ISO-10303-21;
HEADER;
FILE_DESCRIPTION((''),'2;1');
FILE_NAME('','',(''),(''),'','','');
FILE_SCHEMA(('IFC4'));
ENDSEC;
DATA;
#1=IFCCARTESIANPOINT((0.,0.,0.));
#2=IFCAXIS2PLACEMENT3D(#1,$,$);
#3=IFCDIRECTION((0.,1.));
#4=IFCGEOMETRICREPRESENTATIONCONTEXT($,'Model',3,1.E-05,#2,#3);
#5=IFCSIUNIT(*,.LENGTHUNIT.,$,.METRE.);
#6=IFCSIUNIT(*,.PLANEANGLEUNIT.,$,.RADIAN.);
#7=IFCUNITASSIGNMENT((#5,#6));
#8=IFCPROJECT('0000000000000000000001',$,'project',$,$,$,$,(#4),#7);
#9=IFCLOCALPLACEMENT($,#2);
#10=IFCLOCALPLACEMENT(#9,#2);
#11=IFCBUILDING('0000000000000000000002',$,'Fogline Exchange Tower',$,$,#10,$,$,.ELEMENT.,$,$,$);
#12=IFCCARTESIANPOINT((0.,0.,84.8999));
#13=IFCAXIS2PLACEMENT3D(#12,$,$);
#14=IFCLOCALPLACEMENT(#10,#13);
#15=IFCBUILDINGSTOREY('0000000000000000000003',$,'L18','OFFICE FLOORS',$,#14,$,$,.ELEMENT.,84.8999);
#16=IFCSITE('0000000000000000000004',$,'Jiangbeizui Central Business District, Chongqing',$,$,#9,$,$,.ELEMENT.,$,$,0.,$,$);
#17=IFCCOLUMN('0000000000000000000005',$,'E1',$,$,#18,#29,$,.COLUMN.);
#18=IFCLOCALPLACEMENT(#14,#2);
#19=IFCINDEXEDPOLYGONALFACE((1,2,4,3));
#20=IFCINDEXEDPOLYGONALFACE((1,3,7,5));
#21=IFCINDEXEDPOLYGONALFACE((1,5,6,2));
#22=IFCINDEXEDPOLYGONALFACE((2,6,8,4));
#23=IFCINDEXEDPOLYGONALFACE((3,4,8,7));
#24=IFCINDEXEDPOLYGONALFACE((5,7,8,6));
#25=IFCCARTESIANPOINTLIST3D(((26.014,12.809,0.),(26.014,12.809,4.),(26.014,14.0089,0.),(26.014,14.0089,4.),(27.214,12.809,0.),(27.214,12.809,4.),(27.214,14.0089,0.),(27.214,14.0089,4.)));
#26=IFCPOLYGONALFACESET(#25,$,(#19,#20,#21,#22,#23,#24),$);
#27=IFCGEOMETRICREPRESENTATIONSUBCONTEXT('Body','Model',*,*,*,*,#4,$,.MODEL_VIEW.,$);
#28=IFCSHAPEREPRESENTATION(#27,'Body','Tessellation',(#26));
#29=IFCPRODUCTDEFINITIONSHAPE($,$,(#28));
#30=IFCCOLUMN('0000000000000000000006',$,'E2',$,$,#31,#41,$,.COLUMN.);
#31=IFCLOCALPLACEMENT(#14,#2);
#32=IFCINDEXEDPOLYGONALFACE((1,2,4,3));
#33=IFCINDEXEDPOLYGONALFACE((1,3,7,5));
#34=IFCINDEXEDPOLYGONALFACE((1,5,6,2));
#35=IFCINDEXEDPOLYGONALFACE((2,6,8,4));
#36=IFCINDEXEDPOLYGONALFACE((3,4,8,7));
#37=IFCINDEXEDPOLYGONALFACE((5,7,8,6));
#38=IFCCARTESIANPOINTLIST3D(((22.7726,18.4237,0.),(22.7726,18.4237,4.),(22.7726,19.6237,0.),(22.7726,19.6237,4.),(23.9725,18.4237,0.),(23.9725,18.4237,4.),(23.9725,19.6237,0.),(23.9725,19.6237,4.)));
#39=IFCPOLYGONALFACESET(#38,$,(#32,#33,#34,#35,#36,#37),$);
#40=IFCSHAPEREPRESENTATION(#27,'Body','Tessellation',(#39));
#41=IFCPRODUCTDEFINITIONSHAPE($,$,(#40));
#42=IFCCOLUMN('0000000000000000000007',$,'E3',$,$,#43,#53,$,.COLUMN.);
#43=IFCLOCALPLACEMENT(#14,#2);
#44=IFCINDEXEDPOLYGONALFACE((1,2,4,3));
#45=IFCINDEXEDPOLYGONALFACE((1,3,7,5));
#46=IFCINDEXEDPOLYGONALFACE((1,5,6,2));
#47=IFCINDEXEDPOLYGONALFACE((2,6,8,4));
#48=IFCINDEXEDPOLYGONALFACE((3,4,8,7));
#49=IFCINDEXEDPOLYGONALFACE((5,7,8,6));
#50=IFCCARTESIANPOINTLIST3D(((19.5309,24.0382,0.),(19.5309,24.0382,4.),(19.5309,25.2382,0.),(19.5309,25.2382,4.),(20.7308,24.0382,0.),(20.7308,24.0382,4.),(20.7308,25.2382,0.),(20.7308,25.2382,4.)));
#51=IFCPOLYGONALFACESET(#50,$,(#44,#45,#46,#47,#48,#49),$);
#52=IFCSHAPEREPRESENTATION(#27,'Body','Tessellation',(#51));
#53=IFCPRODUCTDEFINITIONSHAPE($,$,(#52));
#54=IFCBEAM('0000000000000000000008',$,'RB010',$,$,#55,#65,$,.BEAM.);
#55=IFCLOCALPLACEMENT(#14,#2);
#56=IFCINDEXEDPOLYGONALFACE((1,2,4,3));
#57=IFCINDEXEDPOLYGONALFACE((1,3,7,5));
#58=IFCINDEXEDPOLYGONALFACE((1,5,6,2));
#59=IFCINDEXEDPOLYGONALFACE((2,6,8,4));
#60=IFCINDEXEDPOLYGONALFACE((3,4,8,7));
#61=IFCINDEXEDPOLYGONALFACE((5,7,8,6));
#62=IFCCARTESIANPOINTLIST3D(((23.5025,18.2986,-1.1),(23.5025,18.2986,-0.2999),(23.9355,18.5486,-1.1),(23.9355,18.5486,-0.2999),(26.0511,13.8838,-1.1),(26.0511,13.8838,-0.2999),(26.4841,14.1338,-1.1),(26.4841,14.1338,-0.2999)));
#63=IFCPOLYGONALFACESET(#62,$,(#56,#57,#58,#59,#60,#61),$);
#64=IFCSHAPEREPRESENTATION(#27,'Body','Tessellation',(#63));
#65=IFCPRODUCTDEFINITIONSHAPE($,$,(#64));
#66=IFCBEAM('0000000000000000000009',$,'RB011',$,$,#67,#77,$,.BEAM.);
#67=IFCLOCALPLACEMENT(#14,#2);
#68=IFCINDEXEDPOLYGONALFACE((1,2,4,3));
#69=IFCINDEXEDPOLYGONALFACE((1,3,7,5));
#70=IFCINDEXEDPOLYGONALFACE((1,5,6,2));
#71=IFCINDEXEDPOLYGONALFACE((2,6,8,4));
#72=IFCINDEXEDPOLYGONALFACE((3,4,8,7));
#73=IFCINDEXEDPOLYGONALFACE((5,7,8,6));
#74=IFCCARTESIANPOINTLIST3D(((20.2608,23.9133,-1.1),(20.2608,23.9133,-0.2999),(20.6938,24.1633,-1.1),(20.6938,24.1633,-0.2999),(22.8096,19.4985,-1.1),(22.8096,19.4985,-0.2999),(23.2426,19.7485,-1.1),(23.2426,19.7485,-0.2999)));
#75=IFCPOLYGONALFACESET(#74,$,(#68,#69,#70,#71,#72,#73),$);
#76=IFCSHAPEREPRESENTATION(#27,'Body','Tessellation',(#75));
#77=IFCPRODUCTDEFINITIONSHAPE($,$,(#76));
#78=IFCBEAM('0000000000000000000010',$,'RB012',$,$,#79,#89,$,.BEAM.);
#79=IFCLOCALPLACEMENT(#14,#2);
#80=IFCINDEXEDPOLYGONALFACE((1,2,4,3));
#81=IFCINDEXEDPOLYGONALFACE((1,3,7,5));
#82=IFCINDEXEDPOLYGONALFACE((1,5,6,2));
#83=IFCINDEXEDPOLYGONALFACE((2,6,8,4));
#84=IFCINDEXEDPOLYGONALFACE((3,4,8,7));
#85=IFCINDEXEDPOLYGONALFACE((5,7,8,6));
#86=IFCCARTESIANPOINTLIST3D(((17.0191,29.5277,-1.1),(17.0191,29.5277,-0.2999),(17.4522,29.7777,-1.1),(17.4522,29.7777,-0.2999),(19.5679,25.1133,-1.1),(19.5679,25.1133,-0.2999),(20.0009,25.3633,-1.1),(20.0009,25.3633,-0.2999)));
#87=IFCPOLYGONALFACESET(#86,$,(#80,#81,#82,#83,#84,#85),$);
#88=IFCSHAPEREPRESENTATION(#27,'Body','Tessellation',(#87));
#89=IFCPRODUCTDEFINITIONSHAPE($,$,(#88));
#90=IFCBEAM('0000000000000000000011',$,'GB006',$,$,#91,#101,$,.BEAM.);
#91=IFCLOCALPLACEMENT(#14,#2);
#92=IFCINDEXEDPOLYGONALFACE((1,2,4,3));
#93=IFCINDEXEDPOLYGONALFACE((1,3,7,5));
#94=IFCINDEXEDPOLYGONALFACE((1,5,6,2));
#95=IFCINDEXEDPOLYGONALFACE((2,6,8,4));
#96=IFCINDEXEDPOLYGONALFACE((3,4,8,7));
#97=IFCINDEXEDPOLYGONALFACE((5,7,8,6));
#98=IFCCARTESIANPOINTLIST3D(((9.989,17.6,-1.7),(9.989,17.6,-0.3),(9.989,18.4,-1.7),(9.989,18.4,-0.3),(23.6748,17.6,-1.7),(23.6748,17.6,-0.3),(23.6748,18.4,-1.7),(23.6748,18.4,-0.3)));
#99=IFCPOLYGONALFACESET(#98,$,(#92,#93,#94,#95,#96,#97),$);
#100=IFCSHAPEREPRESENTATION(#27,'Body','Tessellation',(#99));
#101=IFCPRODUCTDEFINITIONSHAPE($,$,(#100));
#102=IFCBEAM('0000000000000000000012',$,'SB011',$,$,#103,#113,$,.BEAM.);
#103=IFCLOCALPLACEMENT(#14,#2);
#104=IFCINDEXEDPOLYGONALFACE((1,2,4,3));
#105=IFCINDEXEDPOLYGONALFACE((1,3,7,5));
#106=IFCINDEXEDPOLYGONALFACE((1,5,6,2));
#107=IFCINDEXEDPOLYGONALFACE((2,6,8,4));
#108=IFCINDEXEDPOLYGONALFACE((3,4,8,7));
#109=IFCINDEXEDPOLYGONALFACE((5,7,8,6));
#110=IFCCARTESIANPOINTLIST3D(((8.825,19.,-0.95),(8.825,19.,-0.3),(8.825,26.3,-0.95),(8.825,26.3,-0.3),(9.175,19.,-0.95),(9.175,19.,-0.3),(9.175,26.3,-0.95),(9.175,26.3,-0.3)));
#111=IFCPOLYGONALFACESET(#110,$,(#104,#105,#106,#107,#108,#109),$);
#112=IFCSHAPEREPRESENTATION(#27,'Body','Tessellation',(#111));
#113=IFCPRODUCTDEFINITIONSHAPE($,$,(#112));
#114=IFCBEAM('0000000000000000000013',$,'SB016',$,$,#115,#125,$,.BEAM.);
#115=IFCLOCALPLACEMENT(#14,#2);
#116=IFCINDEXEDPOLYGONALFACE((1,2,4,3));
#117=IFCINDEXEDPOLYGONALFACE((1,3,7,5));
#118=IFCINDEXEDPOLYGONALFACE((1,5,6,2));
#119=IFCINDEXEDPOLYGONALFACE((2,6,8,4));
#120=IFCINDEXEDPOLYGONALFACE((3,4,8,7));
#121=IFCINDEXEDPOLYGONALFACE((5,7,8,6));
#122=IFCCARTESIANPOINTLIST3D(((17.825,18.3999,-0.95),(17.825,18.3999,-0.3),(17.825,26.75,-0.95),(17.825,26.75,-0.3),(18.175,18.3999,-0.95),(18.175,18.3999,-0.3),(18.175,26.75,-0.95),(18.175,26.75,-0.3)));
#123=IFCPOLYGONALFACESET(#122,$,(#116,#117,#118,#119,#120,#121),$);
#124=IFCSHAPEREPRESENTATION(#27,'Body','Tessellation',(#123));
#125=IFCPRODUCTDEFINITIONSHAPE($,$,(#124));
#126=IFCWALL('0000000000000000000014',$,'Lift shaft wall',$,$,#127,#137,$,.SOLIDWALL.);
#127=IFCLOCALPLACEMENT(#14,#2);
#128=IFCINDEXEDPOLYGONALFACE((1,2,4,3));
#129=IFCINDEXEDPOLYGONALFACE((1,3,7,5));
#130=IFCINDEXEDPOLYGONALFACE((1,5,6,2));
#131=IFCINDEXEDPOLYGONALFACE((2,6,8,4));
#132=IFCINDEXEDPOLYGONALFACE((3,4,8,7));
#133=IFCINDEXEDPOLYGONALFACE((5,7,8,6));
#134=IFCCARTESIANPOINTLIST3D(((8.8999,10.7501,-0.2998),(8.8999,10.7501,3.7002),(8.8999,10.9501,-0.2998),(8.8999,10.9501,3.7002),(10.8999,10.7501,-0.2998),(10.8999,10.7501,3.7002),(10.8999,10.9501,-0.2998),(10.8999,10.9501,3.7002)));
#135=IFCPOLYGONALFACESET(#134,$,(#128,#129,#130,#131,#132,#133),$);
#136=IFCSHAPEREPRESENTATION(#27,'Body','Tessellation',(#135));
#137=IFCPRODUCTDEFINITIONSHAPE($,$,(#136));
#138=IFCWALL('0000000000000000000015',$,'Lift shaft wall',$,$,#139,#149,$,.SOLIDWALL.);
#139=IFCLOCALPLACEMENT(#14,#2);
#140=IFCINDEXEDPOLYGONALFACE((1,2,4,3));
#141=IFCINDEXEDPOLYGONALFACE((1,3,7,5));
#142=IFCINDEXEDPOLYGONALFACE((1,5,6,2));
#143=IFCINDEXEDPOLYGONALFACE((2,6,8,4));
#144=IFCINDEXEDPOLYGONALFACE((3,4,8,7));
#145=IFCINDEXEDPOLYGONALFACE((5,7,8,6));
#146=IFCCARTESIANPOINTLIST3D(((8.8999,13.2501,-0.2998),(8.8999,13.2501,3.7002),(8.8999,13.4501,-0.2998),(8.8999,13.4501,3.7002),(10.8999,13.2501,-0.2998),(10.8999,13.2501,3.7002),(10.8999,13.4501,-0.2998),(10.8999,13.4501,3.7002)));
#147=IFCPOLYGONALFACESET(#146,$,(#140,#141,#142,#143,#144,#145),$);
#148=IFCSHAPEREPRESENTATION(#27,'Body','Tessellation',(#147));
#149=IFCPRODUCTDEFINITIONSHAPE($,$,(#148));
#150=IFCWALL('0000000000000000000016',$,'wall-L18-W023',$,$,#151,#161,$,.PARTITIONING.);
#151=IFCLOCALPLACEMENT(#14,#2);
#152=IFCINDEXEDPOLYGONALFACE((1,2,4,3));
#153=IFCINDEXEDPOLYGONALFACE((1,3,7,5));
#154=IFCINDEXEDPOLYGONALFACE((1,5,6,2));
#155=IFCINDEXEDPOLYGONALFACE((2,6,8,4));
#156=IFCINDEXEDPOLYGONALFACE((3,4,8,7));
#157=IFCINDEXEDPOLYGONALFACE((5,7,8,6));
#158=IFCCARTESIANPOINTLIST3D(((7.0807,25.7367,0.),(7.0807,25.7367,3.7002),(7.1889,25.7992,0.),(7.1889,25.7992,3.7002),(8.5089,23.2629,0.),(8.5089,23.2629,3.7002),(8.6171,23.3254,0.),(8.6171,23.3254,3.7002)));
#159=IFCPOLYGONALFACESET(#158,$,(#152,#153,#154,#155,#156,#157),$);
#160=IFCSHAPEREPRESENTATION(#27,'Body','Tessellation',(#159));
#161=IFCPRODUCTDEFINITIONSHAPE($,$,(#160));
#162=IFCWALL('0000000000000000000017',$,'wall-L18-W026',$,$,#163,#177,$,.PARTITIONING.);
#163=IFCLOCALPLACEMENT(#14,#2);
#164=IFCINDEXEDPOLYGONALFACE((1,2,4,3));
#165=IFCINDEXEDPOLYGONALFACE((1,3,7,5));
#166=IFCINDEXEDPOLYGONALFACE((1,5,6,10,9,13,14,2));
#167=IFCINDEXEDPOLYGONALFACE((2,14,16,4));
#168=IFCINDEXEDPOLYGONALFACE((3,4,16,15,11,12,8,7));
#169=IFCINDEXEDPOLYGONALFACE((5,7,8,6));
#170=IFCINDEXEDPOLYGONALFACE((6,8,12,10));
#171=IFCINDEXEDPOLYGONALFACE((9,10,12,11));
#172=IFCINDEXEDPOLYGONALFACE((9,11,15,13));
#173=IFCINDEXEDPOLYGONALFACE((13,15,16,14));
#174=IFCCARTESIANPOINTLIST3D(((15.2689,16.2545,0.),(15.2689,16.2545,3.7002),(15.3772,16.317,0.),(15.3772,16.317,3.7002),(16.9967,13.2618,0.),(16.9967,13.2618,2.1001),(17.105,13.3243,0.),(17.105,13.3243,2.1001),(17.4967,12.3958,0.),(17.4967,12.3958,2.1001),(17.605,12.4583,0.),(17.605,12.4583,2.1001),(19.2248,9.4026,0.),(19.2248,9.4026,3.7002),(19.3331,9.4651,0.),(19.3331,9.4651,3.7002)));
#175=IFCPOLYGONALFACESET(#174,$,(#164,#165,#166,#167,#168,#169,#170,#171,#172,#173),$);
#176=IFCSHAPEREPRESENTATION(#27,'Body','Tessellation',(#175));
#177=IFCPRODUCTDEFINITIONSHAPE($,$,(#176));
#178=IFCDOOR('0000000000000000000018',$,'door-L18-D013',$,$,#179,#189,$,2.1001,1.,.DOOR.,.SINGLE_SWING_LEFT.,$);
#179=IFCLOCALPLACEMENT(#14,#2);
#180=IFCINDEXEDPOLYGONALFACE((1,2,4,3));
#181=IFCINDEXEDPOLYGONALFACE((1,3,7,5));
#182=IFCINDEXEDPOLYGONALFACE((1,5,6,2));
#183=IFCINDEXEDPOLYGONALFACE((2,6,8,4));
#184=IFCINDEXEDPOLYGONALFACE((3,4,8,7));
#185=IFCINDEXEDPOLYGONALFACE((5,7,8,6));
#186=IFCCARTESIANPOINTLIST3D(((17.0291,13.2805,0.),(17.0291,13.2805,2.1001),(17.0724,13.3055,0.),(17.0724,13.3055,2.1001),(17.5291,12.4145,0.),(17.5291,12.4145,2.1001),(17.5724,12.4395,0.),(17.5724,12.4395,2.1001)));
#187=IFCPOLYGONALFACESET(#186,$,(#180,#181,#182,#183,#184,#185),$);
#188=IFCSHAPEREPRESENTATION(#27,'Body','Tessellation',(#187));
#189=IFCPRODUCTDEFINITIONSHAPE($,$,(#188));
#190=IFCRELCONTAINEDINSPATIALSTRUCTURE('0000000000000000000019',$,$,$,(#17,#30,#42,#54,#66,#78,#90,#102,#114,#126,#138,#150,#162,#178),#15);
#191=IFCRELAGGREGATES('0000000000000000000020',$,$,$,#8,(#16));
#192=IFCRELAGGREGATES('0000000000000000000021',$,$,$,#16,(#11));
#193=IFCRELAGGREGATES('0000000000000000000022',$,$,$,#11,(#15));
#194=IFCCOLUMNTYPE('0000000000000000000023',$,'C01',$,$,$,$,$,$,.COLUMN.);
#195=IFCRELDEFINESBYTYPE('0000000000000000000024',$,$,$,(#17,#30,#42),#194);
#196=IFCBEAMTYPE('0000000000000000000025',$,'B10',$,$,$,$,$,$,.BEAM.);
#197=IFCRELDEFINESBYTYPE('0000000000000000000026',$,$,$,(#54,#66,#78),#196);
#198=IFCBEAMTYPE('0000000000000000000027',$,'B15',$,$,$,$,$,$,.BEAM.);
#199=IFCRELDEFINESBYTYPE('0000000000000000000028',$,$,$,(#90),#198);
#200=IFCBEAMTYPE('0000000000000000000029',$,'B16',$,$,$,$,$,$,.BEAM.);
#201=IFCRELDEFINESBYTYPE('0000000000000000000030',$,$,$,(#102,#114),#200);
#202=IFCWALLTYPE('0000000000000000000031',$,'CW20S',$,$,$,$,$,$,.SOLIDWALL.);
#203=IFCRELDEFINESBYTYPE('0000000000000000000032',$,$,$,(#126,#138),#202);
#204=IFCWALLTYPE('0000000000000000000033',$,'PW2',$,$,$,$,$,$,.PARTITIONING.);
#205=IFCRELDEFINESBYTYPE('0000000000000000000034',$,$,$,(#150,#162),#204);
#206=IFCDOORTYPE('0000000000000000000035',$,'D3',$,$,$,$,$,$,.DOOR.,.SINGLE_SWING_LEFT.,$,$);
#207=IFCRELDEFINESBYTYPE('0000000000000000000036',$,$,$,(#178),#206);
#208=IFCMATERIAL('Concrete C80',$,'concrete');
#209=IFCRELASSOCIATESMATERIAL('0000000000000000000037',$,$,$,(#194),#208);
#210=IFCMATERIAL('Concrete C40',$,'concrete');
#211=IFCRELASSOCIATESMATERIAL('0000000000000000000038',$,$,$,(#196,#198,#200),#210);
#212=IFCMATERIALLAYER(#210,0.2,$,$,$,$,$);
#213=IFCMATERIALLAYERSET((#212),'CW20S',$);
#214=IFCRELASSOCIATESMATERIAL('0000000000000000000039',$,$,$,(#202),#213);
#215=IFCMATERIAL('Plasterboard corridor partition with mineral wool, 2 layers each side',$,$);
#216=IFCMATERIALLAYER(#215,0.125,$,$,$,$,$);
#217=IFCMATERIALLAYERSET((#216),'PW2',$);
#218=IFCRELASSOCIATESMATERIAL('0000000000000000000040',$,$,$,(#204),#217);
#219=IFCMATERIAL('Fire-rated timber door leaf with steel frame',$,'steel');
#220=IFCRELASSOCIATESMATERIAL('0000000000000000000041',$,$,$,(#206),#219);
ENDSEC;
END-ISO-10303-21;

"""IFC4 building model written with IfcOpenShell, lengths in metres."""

from ifc_helpers import new_model, si_unit, direction, frame, frame_2d, origin, origin_2d, place, context, subcontext, project, spatial, rectangle, extrude, material, layer, layer_set, material_profile, profile_set, type_object, element, fill, save


model = new_model("IFC4")

# Units and contexts
model_context = context("Model", 3, precision=1e-05, world=origin(), true_north=direction((0.0, 1.0)))
body_context = subcontext(model_context, "Body", "Model", "MODEL_VIEW")
ifc_project = project(units=[si_unit("LENGTHUNIT", "METRE"), si_unit("PLANEANGLEUNIT", "RADIAN")], contexts=[model_context])

# Site, building, storey
site_placement = place(None, origin())
site = spatial("IfcSite", under=ifc_project, at=site_placement, Name="Jiangbeizui Central Business District, Chongqing", CompositionType="ELEMENT", RefElevation=0.0)
building_placement = place(site_placement, origin())
building = spatial("IfcBuilding", under=site, at=building_placement, Name="Fogline Exchange Tower", CompositionType="ELEMENT")
storey_placement = place(building_placement, frame((0.0, 0.0, 84.8999)))
storey = spatial("IfcBuildingStorey", under=building, at=storey_placement, Name="L18", Description="OFFICE FLOORS", CompositionType="ELEMENT", Elevation=84.8999)

# Columns
ifc_material_1 = material(Name="Concrete C80", Category="concrete")
ifc_material_profile_1 = material_profile(ifc_material_1, rectangle(XDim=1.2, YDim=1.2, at=origin_2d()), Name="RC 1200x1200")
ifc_profile_set_1 = profile_set([ifc_material_profile_1], Name="Concrete C80")
column_type = type_object("IfcColumnType", Name="C01", PredefinedType="COLUMN", material=ifc_profile_set_1)
for number, where, z_axis, x_axis, name in (
    (1, (26.614, 13.4089, 0.0), (0.0, 0.0, 1.0), (1.0, 0.0, 0.0), "E1"),
    (2, (23.3726, 19.0237, 0.0), (0.0, 0.0, 1.0), (1.0, 0.0, 0.0), "E2"),
    (3, (20.1309, 24.6382, 0.0), (0.0, 0.0, 1.0), (1.0, 0.0, 0.0), "E3"),
):
    element("IfcColumn", number, at=place(storey_placement, frame(where, z_axis=z_axis, x_axis=x_axis)), inside=storey, type_object=column_type, Name=name, PredefinedType="COLUMN", context=body_context, shape_type="SweptSolid", body=[
        extrude(rectangle(XDim=1.2, YDim=1.2, at=origin_2d()), origin(), (0.0, 0.0, 1.0), 4.0),
    ])

# Beams
ifc_material_2 = material(Name="Concrete C40", Category="concrete")
ifc_material_profile_2 = material_profile(ifc_material_2, rectangle(XDim=0.5, YDim=0.8, at=origin_2d()), Name="RC 500x800")
ifc_profile_set_2 = profile_set([ifc_material_profile_2], Name="Concrete C40")
beam_type_1 = type_object("IfcBeamType", Name="B10", PredefinedType="BEAM", material=ifc_profile_set_2)
for number, where, z_axis, x_axis, name in (
    (4, (26.2676, 14.0088, -0.7), (-0.499956, 0.866051, 0.0), (-0.866051, -0.499956, 0.0), "RB010"),
    (5, (23.0261, 19.6235, -0.7), (-0.499992, 0.86603, 0.0), (-0.86603, -0.499992, 0.0), "RB011"),
):
    element("IfcBeam", number, at=place(storey_placement, frame(where, z_axis=z_axis, x_axis=x_axis)), inside=storey, type_object=beam_type_1, Name=name, PredefinedType="BEAM", context=body_context, shape_type="SweptSolid", body=[
        extrude(rectangle(XDim=0.5, YDim=0.8, at=origin_2d()), origin(), (0.0, 0.0, 1.0), 5.0977),
    ])
beam_1_placement = place(storey_placement, frame((19.7844, 25.2383, -0.7), z_axis=(-0.500013, 0.866018, 0.0), x_axis=(-0.866018, -0.500013, 0.0)))
element("IfcBeam", 6, at=beam_1_placement, inside=storey, type_object=beam_type_1, Name="RB012", PredefinedType="BEAM", context=body_context, shape_type="SweptSolid", body=[
    extrude(rectangle(XDim=0.5, YDim=0.8, at=origin_2d()), origin(), (0.0, 0.0, 1.0), 5.0974),
])
ifc_material_profile_3 = material_profile(ifc_material_2, rectangle(XDim=0.8, YDim=1.3999, at=origin_2d()), Name="RC 800x1400")
ifc_profile_set_3 = profile_set([ifc_material_profile_3], Name="Concrete C40")
beam_type_2 = type_object("IfcBeamType", Name="B15", PredefinedType="BEAM", material=ifc_profile_set_3)
beam_2_placement = place(storey_placement, frame((9.989, 18.0, -1.0), z_axis=(1.0, 0.0, 0.0), x_axis=(0.0, 1.0, 0.0)))
element("IfcBeam", 7, at=beam_2_placement, inside=storey, type_object=beam_type_2, Name="GB006", PredefinedType="BEAM", context=body_context, shape_type="SweptSolid", body=[
    extrude(rectangle(XDim=0.8, YDim=1.3999, at=origin_2d()), origin(), (0.0, 0.0, 1.0), 13.6858),
])
ifc_material_profile_4 = material_profile(ifc_material_2, rectangle(XDim=0.3501, YDim=0.6499, at=origin_2d()), Name="RC 350x650")
ifc_profile_set_4 = profile_set([ifc_material_profile_4], Name="Concrete C40")
beam_type_3 = type_object("IfcBeamType", Name="B16", PredefinedType="BEAM", material=ifc_profile_set_4)
beam_3_placement = place(storey_placement, frame((9.0, 19.0, -0.625), z_axis=(0.0, 1.0, 0.0), x_axis=(-1.0, 0.0, 0.0)))
element("IfcBeam", 8, at=beam_3_placement, inside=storey, type_object=beam_type_3, Name="SB011", PredefinedType="BEAM", context=body_context, shape_type="SweptSolid", body=[
    extrude(rectangle(XDim=0.3501, YDim=0.6499, at=origin_2d()), origin(), (0.0, 0.0, 1.0), 7.3),
])
beam_4_placement = place(storey_placement, frame((18.0, 18.3999, -0.625), z_axis=(0.0, 1.0, 0.0), x_axis=(-1.0, 0.0, 0.0)))
element("IfcBeam", 9, at=beam_4_placement, inside=storey, type_object=beam_type_3, Name="SB016", PredefinedType="BEAM", context=body_context, shape_type="SweptSolid", body=[
    extrude(rectangle(XDim=0.3501, YDim=0.6499, at=origin_2d()), origin(), (0.0, 0.0, 1.0), 8.3501),
])

# Walls
ifc_layer_1 = layer(ifc_material_2, 0.2)
ifc_layer_set_1 = layer_set([ifc_layer_1], Name="CW20S")
wall_type_1 = type_object("IfcWallType", Name="CW20S", PredefinedType="SOLIDWALL", material=ifc_layer_set_1)
for number, where, z_axis, x_axis, name in (
    (10, (8.8999, 10.8501, -0.2998), (0.0, 0.0, 1.0), (1.0, 0.0, 0.0), "Lift shaft wall"),
    (11, (8.8999, 13.3501, -0.2998), (0.0, 0.0, 1.0), (1.0, 0.0, 0.0), "Lift shaft wall"),
):
    element("IfcWall", number, at=place(storey_placement, frame(where, z_axis=z_axis, x_axis=x_axis)), inside=storey, type_object=wall_type_1, Name=name, PredefinedType="SOLIDWALL", context=body_context, shape_type="SweptSolid", body=[
        extrude(rectangle(XDim=2.0, YDim=0.2, at=frame_2d((1.0, 0.0))), origin(), (0.0, 0.0, 1.0), 4.0),
    ])
ifc_material_3 = material(Name="Plasterboard corridor partition with mineral wool, 2 layers each side")
ifc_layer_2 = layer(ifc_material_3, 0.125)
ifc_layer_set_2 = layer_set([ifc_layer_2], Name="PW2")
wall_type_2 = type_object("IfcWallType", Name="PW2", PredefinedType="PARTITIONING", material=ifc_layer_set_2)
wall_1_placement = place(storey_placement, frame((8.563, 23.2942, 0.0), z_axis=(0.0, 0.0, 1.0), x_axis=(-0.499981, 0.866036, 0.0)))
element("IfcWall", 12, at=wall_1_placement, inside=storey, type_object=wall_type_2, Name="wall-L18-W023", PredefinedType="PARTITIONING", context=body_context, shape_type="SweptSolid", body=[
    extrude(rectangle(XDim=2.8564, YDim=0.125, at=frame_2d((1.4282, 0.0))), origin(), (0.0, 0.0, 1.0), 3.7002),
])

# Wall, opening, door
wall_2_placement = place(storey_placement, frame((15.323, 16.2859, 0.0), z_axis=(0.0, 0.0, 1.0), x_axis=(0.499992, -0.86603, 0.0)))
wall_2 = element("IfcWall", 13, at=wall_2_placement, inside=storey, type_object=wall_type_2, Name="wall-L18-W026", PredefinedType="PARTITIONING", context=body_context, shape_type="SweptSolid", body=[
    extrude(rectangle(XDim=7.9119, YDim=0.125, at=frame_2d((3.9561, 0.0))), origin(), (0.0, 0.0, 1.0), 3.7002),
])
opening_1_placement = place(wall_2_placement, frame((3.4558, 0.0, 0.0)))
opening_1 = element("IfcOpeningElement", 14, at=opening_1_placement, cuts=wall_2, PredefinedType="OPENING", context=body_context, shape_type="SweptSolid", body=[
    extrude(rectangle(XDim=1.0, YDim=2.1001, at=frame_2d((0.5, 1.05))), frame((0.0, 0.0725, 0.0), z_axis=(0.0, -1.0, 0.0), x_axis=(1.0, 0.0, 0.0)), (0.0, 0.0, 1.0), 0.145),
])
ifc_material_4 = material(Name="Fire-rated timber door leaf with steel frame", Category="steel")
door_type_1 = type_object("IfcDoorType", Name="D3", OperationType="SINGLE_SWING_LEFT", PredefinedType="DOOR", material=ifc_material_4)
door_1_placement = place(opening_1_placement, origin())
door_1 = element("IfcDoor", 15, at=door_1_placement, inside=storey, type_object=door_type_1, Name="door-L18-D013", OperationType="SINGLE_SWING_LEFT", OverallHeight=2.1001, OverallWidth=1.0, PredefinedType="DOOR", context=body_context, shape_type="SweptSolid", body=[
    extrude(rectangle(XDim=1.0, YDim=2.1001, at=frame_2d((0.5, 1.05))), frame((0.0, 0.0249, 0.0), z_axis=(0.0, -1.0, 0.0), x_axis=(1.0, 0.0, 0.0)), (0.0, 0.0, 1.0), 0.05),
])
fill(opening_1, door_1)

save(model, "model.ifc")
